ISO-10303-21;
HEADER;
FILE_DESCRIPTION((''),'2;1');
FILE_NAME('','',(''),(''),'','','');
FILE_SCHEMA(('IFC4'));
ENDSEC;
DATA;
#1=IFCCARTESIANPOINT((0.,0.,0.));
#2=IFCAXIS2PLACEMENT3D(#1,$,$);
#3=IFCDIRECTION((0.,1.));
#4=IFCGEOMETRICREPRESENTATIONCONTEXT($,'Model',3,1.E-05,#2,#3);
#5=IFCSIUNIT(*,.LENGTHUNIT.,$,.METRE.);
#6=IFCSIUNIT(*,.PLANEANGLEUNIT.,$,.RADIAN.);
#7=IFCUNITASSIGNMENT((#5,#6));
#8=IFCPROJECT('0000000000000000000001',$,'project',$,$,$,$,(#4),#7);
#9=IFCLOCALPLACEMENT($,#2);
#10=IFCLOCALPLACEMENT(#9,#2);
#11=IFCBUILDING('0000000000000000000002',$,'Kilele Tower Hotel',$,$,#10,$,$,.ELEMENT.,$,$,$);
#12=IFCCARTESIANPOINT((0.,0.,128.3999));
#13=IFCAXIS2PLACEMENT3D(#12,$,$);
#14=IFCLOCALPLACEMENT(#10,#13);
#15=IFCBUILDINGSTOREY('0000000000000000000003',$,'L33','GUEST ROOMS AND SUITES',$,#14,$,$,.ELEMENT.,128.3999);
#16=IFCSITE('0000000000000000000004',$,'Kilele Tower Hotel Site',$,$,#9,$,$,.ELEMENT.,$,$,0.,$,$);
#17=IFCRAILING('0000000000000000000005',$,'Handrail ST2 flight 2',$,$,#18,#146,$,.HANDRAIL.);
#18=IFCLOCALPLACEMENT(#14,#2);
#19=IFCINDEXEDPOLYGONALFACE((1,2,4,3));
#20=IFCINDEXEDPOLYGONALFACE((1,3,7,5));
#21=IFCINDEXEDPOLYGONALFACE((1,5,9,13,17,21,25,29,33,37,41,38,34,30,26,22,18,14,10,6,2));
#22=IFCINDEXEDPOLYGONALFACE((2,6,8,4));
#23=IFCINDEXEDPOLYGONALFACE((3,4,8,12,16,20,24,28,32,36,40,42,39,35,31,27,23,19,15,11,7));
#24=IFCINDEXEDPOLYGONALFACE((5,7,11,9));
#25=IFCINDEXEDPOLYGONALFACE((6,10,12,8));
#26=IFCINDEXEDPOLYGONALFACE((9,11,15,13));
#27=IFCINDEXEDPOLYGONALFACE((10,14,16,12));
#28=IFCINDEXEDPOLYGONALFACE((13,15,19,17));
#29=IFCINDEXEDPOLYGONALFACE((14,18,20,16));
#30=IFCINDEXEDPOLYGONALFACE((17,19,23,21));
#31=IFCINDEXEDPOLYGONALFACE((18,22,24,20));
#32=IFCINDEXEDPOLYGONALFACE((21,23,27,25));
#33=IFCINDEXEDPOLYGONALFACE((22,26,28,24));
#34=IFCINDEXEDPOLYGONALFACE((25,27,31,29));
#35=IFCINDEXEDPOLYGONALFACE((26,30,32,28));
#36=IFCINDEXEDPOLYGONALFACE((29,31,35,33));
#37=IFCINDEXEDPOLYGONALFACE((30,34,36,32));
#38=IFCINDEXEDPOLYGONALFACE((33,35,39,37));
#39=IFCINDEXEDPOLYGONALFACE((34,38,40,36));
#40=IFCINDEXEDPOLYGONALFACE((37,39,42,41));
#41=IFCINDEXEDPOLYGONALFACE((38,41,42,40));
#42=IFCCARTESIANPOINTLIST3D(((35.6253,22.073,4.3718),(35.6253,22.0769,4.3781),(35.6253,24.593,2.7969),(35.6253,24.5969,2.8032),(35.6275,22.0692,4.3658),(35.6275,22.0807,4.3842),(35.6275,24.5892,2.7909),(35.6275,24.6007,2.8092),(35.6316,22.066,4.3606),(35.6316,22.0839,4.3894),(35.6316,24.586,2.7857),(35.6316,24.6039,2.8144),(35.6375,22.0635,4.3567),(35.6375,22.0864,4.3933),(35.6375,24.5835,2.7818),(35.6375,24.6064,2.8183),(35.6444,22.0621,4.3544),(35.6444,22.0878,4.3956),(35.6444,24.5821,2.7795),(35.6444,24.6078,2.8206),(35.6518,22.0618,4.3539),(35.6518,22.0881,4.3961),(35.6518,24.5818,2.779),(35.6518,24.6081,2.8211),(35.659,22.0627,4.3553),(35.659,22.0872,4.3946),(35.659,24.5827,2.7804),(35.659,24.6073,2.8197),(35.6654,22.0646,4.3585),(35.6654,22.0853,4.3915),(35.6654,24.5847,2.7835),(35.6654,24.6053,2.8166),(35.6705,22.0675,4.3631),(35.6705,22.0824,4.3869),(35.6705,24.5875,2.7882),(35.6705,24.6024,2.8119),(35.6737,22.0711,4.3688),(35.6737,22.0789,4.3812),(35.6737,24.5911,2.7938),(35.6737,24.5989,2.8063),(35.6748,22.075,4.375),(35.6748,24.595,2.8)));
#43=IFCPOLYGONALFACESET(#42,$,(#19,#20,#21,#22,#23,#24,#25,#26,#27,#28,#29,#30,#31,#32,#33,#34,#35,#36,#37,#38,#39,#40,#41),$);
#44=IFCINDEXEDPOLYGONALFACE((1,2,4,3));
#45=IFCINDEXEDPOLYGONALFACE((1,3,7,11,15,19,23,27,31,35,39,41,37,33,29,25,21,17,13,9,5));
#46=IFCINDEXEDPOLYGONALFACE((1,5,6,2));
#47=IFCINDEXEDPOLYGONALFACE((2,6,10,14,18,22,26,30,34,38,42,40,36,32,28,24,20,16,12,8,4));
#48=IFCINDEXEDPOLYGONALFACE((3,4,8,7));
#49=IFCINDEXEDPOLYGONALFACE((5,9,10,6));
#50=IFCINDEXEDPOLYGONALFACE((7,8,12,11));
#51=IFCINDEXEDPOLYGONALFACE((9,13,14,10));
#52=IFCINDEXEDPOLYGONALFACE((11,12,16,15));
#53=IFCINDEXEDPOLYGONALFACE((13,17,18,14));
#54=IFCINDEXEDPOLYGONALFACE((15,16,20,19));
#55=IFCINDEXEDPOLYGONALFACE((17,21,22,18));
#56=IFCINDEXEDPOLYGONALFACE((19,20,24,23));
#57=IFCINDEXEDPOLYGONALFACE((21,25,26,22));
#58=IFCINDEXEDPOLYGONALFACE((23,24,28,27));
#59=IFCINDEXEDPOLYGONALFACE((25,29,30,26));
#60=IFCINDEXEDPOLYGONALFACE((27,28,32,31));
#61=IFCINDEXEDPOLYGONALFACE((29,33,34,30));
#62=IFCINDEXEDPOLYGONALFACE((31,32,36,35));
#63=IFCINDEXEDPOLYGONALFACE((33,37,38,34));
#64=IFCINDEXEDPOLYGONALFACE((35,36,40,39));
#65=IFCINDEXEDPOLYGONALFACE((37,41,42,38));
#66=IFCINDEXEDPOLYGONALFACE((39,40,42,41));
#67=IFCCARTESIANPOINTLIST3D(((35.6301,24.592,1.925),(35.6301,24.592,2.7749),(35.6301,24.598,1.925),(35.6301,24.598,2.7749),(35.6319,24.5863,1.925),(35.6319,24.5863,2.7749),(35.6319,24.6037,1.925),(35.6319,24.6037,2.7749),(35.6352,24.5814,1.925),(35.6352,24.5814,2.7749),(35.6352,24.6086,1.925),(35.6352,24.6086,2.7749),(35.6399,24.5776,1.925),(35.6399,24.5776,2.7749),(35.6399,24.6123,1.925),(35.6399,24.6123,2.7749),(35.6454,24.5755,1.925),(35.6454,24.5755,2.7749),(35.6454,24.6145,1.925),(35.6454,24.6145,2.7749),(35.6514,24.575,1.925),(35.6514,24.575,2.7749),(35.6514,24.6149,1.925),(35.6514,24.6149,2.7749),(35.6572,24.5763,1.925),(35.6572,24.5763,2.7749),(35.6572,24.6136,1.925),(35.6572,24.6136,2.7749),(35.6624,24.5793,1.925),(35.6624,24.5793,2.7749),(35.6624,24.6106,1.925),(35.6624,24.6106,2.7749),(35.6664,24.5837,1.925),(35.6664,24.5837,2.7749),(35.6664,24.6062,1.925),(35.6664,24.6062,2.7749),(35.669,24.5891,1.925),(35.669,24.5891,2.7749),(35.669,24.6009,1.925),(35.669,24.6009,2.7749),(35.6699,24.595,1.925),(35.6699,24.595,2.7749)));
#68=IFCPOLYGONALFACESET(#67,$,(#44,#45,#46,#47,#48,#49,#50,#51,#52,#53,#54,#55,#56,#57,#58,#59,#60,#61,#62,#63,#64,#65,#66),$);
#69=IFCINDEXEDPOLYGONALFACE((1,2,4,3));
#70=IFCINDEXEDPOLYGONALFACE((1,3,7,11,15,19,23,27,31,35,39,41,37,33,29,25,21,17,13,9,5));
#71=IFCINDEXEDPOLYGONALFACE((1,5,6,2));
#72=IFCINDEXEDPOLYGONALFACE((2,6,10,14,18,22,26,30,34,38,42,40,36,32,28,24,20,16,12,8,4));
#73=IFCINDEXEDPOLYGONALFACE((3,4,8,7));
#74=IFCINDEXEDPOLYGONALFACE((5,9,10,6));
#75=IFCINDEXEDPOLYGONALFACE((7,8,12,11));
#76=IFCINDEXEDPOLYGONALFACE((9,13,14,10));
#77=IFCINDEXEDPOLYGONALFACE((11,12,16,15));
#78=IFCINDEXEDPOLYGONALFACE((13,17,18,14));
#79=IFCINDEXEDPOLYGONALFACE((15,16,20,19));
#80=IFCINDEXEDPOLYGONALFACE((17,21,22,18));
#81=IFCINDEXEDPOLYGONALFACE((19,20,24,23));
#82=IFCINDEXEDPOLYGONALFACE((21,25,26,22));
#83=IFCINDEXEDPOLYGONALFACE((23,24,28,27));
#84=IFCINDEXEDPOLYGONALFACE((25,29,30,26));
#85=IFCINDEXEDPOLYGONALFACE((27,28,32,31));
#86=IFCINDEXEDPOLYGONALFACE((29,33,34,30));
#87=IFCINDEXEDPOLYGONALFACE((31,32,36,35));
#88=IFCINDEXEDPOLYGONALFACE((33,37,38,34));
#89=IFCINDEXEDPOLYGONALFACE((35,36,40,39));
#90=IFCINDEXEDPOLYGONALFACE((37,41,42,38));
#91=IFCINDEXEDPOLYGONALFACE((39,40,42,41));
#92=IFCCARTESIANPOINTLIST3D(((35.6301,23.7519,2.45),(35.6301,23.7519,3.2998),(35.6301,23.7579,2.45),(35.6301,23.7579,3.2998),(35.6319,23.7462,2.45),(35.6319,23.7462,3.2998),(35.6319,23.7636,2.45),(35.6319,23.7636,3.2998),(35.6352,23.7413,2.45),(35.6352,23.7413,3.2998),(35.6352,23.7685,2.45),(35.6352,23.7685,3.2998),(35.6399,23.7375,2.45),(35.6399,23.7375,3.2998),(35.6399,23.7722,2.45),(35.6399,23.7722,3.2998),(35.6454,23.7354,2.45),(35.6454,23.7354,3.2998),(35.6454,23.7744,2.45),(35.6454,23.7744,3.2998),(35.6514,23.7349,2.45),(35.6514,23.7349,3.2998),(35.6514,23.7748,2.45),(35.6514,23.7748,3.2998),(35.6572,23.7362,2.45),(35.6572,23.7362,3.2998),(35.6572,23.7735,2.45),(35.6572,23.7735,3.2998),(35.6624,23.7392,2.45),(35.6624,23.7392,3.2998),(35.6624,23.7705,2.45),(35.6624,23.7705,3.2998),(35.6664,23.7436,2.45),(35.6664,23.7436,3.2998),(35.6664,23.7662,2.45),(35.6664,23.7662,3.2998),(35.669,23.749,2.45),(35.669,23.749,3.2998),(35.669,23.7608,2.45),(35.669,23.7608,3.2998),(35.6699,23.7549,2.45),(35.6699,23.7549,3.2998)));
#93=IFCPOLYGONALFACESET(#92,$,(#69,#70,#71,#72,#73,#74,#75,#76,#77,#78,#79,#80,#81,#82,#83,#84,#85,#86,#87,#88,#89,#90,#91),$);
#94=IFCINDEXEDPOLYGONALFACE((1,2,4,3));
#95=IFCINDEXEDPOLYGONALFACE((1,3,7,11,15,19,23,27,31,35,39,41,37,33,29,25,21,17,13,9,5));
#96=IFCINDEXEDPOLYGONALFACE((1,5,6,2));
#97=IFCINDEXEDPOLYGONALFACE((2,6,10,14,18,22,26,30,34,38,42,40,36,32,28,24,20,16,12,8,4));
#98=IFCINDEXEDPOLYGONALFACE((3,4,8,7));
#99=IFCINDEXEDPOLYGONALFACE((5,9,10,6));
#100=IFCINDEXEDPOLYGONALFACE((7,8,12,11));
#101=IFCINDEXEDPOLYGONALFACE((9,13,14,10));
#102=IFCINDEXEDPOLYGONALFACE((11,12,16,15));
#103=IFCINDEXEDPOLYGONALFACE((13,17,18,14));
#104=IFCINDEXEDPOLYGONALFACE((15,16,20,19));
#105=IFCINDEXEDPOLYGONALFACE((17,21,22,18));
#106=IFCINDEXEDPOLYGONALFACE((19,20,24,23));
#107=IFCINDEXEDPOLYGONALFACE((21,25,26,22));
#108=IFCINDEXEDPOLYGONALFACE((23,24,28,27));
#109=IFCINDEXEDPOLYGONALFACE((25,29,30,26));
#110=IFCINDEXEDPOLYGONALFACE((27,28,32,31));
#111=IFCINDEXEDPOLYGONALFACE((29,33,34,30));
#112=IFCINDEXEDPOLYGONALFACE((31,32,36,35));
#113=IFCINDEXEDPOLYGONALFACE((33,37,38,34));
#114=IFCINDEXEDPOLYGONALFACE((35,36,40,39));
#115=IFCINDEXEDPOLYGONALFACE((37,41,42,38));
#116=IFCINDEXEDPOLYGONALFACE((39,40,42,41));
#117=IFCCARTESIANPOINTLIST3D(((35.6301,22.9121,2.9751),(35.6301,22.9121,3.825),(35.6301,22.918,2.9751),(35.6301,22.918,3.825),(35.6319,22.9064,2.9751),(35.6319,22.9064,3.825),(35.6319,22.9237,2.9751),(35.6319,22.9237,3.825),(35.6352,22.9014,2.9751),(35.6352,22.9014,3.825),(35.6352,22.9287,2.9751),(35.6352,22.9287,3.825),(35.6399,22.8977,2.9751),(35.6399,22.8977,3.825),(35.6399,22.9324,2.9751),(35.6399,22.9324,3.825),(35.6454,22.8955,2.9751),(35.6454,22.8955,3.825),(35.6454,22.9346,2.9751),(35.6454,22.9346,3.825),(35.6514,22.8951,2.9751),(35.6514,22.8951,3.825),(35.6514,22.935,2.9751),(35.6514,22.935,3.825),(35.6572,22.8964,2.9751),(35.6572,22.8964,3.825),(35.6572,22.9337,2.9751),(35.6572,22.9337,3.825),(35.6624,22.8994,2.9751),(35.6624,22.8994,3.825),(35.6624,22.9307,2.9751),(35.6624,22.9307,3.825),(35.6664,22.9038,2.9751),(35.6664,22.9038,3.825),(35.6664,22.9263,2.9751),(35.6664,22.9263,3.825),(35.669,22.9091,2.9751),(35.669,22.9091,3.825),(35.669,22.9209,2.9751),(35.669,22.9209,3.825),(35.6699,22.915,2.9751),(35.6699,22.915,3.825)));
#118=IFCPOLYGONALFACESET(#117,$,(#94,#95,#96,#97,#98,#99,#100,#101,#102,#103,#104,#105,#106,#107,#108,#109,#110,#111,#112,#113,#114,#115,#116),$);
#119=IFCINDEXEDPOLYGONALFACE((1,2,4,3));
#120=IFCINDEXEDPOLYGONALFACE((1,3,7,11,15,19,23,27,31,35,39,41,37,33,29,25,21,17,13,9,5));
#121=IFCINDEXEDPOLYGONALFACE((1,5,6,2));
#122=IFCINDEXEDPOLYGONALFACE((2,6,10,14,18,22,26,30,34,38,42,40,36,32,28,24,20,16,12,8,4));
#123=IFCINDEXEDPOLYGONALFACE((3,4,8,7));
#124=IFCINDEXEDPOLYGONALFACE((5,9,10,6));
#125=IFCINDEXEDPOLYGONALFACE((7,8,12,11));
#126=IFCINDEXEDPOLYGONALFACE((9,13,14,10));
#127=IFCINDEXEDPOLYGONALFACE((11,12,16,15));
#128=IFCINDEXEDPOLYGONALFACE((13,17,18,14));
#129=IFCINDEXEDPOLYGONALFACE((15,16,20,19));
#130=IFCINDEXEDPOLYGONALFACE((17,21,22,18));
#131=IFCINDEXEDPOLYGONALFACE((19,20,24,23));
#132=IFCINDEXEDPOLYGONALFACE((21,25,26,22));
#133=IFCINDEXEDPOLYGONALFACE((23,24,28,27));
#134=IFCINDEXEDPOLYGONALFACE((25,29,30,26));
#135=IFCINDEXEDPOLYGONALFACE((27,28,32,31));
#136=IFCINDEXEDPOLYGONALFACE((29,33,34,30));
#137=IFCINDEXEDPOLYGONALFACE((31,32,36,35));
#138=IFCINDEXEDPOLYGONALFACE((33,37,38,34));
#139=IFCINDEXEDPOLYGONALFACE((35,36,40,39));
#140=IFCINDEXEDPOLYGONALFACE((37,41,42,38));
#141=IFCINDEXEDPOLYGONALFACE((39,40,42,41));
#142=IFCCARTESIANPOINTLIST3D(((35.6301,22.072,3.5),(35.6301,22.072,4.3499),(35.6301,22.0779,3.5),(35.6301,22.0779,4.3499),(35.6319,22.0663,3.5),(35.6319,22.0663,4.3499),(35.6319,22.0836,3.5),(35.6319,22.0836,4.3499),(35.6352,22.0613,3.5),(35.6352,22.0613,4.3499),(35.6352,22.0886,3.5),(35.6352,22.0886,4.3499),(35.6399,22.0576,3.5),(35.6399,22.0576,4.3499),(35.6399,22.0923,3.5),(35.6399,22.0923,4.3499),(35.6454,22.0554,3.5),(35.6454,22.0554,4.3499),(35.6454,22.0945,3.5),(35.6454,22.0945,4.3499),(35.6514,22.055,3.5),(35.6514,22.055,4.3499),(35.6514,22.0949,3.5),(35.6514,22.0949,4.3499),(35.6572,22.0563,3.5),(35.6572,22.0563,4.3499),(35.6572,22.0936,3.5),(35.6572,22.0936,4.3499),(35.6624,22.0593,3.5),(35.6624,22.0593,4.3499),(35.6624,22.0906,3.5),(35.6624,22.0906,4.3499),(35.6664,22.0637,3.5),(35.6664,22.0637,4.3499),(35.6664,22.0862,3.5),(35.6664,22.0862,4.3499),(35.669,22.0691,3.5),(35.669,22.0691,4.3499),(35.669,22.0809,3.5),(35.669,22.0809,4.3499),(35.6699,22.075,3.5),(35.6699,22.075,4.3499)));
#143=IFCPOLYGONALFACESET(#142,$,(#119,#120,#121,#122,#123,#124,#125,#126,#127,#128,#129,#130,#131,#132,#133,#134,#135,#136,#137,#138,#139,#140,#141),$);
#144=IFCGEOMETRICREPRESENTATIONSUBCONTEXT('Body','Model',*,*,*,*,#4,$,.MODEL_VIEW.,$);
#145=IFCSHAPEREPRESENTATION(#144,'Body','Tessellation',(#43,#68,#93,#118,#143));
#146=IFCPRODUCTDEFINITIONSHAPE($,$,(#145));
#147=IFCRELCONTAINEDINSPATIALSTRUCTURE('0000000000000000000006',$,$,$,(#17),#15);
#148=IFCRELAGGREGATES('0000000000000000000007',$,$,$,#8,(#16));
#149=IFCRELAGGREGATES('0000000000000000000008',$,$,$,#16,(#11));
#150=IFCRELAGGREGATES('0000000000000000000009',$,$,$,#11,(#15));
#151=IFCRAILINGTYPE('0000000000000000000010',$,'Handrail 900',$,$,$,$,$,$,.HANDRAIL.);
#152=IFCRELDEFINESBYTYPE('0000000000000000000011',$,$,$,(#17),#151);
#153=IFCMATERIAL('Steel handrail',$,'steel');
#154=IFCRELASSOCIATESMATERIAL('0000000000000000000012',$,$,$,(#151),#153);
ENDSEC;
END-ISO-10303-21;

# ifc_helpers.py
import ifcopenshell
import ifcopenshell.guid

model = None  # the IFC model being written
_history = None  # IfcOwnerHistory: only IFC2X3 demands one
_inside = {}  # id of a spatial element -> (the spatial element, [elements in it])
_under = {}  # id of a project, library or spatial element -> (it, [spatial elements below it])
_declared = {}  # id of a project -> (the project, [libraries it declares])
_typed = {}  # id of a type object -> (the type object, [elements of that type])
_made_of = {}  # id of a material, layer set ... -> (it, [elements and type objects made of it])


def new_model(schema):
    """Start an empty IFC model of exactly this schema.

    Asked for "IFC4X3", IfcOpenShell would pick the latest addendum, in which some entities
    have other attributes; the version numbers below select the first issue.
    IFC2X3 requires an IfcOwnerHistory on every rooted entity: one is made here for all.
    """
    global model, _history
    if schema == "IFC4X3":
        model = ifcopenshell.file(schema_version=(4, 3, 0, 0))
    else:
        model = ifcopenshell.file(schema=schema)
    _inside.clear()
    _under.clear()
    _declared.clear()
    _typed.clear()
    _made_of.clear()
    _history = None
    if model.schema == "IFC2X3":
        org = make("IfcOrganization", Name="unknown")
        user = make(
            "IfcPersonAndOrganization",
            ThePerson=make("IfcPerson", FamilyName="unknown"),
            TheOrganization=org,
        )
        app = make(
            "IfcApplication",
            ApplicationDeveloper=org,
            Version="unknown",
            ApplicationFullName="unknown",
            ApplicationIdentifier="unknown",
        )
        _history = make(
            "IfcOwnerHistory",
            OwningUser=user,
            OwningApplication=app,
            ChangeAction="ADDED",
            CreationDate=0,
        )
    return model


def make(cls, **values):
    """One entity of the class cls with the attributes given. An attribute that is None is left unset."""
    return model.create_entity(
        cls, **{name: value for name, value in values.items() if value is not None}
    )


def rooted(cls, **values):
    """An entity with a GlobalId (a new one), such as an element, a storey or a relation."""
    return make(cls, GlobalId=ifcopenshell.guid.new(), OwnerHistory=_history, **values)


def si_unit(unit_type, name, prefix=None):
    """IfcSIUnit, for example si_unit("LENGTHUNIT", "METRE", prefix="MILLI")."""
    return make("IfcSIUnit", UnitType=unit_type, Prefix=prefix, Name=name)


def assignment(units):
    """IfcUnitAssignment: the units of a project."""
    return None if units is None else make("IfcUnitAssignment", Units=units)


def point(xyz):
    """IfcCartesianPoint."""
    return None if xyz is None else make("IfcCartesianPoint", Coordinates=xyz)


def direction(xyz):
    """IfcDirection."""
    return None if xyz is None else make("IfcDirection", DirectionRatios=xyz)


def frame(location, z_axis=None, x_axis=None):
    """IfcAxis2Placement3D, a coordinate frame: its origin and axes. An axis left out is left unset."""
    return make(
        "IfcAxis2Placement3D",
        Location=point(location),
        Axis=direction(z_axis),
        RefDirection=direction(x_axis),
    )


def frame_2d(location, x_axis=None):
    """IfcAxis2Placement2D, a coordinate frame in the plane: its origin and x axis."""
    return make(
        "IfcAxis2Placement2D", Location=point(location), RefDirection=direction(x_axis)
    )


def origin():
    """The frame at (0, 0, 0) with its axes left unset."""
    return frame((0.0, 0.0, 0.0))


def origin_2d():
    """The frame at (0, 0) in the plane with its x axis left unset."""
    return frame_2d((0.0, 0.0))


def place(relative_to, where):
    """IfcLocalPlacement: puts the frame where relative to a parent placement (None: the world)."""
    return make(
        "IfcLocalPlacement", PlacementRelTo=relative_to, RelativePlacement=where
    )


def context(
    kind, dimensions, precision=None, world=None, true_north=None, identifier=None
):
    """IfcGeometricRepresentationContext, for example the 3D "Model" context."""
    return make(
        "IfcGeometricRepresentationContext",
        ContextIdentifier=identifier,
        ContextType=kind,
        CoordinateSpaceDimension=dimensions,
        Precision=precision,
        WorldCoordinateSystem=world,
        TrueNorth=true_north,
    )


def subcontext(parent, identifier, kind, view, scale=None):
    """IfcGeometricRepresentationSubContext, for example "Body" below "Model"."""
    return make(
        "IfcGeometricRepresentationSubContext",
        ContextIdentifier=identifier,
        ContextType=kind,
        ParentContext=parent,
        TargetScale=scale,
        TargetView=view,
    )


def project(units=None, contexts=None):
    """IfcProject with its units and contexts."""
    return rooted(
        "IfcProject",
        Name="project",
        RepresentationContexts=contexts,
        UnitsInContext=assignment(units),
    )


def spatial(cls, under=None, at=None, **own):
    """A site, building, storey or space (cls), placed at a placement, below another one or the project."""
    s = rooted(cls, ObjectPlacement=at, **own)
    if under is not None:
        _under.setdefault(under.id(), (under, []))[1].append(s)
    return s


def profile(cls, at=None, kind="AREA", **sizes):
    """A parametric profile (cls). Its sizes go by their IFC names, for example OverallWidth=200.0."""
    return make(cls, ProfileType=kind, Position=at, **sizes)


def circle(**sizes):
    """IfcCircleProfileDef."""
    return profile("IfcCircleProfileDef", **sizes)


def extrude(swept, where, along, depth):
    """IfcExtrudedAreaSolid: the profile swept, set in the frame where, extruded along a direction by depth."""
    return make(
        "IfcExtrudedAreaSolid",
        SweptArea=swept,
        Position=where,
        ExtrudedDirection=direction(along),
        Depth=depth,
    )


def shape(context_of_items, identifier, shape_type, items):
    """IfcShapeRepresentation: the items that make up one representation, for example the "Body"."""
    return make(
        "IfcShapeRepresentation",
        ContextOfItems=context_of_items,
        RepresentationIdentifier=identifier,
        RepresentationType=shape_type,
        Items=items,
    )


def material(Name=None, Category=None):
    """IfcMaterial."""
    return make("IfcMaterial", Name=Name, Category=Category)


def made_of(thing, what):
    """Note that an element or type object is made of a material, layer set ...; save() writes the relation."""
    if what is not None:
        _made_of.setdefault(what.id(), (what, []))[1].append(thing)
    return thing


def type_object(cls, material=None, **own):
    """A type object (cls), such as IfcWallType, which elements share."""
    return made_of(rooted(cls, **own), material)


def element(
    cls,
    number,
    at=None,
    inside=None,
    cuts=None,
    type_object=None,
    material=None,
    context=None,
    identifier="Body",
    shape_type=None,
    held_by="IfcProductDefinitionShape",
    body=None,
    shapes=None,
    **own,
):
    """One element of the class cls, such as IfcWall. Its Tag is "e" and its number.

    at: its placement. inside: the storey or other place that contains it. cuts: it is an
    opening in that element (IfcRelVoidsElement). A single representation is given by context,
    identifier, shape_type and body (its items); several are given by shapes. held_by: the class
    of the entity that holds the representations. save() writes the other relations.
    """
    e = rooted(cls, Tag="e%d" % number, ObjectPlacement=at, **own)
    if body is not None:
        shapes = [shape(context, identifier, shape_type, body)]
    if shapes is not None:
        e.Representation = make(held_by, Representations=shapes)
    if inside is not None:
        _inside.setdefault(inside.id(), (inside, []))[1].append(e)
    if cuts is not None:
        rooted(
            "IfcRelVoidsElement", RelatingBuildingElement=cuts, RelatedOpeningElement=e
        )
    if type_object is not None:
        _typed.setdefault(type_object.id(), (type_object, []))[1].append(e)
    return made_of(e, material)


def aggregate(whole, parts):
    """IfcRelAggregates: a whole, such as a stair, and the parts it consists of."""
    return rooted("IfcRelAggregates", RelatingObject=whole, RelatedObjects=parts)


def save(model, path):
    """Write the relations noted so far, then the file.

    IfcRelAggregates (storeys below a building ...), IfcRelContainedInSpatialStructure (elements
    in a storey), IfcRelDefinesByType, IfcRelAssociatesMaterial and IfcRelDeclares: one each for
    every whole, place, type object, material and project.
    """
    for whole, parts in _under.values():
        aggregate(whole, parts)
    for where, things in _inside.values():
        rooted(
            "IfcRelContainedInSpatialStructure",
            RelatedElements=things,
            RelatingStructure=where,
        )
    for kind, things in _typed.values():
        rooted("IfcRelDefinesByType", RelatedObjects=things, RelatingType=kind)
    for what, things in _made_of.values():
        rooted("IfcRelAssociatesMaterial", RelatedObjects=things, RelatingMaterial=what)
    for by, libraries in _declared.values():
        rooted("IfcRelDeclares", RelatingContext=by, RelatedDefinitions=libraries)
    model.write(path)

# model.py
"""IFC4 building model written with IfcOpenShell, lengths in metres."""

from ifc_helpers import new_model, si_unit, direction, frame, origin, origin_2d, place, context, subcontext, project, spatial, circle, extrude, material, type_object, element, save


model = new_model("IFC4")

# Units and contexts
model_context = context("Model", 3, precision=1e-05, world=origin(), true_north=direction((0.0, 1.0)))
body_context = subcontext(model_context, "Body", "Model", "MODEL_VIEW")
ifc_project = project(units=[si_unit("LENGTHUNIT", "METRE"), si_unit("PLANEANGLEUNIT", "RADIAN")], contexts=[model_context])

# Site, building, storey
site_placement = place(None, origin())
site = spatial("IfcSite", under=ifc_project, at=site_placement, Name="Kilele Tower Hotel Site", CompositionType="ELEMENT", RefElevation=0.0)
building_placement = place(site_placement, origin())
building = spatial("IfcBuilding", under=site, at=building_placement, Name="Kilele Tower Hotel", CompositionType="ELEMENT")
storey_placement = place(building_placement, frame((0.0, 0.0, 128.3999)))
storey = spatial("IfcBuildingStorey", under=building, at=storey_placement, Name="L33", Description="GUEST ROOMS AND SUITES", CompositionType="ELEMENT", Elevation=128.3999)

# Railing
ifc_material_1 = material(Name="Steel handrail", Category="steel")
railing_type_1 = type_object("IfcRailingType", Name="Handrail 900", PredefinedType="HANDRAIL", material=ifc_material_1)
for number, where, name in (
    (1, (35.6499, 24.595, 1.925), "Handrail ST2 flight 2"),
):
    element("IfcRailing", number, at=place(storey_placement, frame(where)), inside=storey, type_object=railing_type_1, Name=name, PredefinedType="HANDRAIL", context=body_context, shape_type="SweptSolid", body=[
        extrude(circle(Radius=0.0249, at=origin_2d()), frame((0.0, 0.0, 0.875), z_axis=(0.0, -0.848008, 0.529984), x_axis=(1.0, 0.0, 0.0)), (0.0, 0.0, 1.0), 2.9717),
        extrude(circle(Radius=0.02, at=origin_2d()), origin(), (0.0, 0.0, 1.0), 0.8499),
        extrude(circle(Radius=0.02, at=origin_2d()), frame((0.0, -0.8401, 0.5249)), (0.0, 0.0, 1.0), 0.8499),
        extrude(circle(Radius=0.02, at=origin_2d()), frame((0.0, -1.6799, 1.05)), (0.0, 0.0, 1.0), 0.8499),
        extrude(circle(Radius=0.02, at=origin_2d()), frame((0.0, -2.52, 1.575)), (0.0, 0.0, 1.0), 0.8499),
    ])

save(model, "model.ifc")
